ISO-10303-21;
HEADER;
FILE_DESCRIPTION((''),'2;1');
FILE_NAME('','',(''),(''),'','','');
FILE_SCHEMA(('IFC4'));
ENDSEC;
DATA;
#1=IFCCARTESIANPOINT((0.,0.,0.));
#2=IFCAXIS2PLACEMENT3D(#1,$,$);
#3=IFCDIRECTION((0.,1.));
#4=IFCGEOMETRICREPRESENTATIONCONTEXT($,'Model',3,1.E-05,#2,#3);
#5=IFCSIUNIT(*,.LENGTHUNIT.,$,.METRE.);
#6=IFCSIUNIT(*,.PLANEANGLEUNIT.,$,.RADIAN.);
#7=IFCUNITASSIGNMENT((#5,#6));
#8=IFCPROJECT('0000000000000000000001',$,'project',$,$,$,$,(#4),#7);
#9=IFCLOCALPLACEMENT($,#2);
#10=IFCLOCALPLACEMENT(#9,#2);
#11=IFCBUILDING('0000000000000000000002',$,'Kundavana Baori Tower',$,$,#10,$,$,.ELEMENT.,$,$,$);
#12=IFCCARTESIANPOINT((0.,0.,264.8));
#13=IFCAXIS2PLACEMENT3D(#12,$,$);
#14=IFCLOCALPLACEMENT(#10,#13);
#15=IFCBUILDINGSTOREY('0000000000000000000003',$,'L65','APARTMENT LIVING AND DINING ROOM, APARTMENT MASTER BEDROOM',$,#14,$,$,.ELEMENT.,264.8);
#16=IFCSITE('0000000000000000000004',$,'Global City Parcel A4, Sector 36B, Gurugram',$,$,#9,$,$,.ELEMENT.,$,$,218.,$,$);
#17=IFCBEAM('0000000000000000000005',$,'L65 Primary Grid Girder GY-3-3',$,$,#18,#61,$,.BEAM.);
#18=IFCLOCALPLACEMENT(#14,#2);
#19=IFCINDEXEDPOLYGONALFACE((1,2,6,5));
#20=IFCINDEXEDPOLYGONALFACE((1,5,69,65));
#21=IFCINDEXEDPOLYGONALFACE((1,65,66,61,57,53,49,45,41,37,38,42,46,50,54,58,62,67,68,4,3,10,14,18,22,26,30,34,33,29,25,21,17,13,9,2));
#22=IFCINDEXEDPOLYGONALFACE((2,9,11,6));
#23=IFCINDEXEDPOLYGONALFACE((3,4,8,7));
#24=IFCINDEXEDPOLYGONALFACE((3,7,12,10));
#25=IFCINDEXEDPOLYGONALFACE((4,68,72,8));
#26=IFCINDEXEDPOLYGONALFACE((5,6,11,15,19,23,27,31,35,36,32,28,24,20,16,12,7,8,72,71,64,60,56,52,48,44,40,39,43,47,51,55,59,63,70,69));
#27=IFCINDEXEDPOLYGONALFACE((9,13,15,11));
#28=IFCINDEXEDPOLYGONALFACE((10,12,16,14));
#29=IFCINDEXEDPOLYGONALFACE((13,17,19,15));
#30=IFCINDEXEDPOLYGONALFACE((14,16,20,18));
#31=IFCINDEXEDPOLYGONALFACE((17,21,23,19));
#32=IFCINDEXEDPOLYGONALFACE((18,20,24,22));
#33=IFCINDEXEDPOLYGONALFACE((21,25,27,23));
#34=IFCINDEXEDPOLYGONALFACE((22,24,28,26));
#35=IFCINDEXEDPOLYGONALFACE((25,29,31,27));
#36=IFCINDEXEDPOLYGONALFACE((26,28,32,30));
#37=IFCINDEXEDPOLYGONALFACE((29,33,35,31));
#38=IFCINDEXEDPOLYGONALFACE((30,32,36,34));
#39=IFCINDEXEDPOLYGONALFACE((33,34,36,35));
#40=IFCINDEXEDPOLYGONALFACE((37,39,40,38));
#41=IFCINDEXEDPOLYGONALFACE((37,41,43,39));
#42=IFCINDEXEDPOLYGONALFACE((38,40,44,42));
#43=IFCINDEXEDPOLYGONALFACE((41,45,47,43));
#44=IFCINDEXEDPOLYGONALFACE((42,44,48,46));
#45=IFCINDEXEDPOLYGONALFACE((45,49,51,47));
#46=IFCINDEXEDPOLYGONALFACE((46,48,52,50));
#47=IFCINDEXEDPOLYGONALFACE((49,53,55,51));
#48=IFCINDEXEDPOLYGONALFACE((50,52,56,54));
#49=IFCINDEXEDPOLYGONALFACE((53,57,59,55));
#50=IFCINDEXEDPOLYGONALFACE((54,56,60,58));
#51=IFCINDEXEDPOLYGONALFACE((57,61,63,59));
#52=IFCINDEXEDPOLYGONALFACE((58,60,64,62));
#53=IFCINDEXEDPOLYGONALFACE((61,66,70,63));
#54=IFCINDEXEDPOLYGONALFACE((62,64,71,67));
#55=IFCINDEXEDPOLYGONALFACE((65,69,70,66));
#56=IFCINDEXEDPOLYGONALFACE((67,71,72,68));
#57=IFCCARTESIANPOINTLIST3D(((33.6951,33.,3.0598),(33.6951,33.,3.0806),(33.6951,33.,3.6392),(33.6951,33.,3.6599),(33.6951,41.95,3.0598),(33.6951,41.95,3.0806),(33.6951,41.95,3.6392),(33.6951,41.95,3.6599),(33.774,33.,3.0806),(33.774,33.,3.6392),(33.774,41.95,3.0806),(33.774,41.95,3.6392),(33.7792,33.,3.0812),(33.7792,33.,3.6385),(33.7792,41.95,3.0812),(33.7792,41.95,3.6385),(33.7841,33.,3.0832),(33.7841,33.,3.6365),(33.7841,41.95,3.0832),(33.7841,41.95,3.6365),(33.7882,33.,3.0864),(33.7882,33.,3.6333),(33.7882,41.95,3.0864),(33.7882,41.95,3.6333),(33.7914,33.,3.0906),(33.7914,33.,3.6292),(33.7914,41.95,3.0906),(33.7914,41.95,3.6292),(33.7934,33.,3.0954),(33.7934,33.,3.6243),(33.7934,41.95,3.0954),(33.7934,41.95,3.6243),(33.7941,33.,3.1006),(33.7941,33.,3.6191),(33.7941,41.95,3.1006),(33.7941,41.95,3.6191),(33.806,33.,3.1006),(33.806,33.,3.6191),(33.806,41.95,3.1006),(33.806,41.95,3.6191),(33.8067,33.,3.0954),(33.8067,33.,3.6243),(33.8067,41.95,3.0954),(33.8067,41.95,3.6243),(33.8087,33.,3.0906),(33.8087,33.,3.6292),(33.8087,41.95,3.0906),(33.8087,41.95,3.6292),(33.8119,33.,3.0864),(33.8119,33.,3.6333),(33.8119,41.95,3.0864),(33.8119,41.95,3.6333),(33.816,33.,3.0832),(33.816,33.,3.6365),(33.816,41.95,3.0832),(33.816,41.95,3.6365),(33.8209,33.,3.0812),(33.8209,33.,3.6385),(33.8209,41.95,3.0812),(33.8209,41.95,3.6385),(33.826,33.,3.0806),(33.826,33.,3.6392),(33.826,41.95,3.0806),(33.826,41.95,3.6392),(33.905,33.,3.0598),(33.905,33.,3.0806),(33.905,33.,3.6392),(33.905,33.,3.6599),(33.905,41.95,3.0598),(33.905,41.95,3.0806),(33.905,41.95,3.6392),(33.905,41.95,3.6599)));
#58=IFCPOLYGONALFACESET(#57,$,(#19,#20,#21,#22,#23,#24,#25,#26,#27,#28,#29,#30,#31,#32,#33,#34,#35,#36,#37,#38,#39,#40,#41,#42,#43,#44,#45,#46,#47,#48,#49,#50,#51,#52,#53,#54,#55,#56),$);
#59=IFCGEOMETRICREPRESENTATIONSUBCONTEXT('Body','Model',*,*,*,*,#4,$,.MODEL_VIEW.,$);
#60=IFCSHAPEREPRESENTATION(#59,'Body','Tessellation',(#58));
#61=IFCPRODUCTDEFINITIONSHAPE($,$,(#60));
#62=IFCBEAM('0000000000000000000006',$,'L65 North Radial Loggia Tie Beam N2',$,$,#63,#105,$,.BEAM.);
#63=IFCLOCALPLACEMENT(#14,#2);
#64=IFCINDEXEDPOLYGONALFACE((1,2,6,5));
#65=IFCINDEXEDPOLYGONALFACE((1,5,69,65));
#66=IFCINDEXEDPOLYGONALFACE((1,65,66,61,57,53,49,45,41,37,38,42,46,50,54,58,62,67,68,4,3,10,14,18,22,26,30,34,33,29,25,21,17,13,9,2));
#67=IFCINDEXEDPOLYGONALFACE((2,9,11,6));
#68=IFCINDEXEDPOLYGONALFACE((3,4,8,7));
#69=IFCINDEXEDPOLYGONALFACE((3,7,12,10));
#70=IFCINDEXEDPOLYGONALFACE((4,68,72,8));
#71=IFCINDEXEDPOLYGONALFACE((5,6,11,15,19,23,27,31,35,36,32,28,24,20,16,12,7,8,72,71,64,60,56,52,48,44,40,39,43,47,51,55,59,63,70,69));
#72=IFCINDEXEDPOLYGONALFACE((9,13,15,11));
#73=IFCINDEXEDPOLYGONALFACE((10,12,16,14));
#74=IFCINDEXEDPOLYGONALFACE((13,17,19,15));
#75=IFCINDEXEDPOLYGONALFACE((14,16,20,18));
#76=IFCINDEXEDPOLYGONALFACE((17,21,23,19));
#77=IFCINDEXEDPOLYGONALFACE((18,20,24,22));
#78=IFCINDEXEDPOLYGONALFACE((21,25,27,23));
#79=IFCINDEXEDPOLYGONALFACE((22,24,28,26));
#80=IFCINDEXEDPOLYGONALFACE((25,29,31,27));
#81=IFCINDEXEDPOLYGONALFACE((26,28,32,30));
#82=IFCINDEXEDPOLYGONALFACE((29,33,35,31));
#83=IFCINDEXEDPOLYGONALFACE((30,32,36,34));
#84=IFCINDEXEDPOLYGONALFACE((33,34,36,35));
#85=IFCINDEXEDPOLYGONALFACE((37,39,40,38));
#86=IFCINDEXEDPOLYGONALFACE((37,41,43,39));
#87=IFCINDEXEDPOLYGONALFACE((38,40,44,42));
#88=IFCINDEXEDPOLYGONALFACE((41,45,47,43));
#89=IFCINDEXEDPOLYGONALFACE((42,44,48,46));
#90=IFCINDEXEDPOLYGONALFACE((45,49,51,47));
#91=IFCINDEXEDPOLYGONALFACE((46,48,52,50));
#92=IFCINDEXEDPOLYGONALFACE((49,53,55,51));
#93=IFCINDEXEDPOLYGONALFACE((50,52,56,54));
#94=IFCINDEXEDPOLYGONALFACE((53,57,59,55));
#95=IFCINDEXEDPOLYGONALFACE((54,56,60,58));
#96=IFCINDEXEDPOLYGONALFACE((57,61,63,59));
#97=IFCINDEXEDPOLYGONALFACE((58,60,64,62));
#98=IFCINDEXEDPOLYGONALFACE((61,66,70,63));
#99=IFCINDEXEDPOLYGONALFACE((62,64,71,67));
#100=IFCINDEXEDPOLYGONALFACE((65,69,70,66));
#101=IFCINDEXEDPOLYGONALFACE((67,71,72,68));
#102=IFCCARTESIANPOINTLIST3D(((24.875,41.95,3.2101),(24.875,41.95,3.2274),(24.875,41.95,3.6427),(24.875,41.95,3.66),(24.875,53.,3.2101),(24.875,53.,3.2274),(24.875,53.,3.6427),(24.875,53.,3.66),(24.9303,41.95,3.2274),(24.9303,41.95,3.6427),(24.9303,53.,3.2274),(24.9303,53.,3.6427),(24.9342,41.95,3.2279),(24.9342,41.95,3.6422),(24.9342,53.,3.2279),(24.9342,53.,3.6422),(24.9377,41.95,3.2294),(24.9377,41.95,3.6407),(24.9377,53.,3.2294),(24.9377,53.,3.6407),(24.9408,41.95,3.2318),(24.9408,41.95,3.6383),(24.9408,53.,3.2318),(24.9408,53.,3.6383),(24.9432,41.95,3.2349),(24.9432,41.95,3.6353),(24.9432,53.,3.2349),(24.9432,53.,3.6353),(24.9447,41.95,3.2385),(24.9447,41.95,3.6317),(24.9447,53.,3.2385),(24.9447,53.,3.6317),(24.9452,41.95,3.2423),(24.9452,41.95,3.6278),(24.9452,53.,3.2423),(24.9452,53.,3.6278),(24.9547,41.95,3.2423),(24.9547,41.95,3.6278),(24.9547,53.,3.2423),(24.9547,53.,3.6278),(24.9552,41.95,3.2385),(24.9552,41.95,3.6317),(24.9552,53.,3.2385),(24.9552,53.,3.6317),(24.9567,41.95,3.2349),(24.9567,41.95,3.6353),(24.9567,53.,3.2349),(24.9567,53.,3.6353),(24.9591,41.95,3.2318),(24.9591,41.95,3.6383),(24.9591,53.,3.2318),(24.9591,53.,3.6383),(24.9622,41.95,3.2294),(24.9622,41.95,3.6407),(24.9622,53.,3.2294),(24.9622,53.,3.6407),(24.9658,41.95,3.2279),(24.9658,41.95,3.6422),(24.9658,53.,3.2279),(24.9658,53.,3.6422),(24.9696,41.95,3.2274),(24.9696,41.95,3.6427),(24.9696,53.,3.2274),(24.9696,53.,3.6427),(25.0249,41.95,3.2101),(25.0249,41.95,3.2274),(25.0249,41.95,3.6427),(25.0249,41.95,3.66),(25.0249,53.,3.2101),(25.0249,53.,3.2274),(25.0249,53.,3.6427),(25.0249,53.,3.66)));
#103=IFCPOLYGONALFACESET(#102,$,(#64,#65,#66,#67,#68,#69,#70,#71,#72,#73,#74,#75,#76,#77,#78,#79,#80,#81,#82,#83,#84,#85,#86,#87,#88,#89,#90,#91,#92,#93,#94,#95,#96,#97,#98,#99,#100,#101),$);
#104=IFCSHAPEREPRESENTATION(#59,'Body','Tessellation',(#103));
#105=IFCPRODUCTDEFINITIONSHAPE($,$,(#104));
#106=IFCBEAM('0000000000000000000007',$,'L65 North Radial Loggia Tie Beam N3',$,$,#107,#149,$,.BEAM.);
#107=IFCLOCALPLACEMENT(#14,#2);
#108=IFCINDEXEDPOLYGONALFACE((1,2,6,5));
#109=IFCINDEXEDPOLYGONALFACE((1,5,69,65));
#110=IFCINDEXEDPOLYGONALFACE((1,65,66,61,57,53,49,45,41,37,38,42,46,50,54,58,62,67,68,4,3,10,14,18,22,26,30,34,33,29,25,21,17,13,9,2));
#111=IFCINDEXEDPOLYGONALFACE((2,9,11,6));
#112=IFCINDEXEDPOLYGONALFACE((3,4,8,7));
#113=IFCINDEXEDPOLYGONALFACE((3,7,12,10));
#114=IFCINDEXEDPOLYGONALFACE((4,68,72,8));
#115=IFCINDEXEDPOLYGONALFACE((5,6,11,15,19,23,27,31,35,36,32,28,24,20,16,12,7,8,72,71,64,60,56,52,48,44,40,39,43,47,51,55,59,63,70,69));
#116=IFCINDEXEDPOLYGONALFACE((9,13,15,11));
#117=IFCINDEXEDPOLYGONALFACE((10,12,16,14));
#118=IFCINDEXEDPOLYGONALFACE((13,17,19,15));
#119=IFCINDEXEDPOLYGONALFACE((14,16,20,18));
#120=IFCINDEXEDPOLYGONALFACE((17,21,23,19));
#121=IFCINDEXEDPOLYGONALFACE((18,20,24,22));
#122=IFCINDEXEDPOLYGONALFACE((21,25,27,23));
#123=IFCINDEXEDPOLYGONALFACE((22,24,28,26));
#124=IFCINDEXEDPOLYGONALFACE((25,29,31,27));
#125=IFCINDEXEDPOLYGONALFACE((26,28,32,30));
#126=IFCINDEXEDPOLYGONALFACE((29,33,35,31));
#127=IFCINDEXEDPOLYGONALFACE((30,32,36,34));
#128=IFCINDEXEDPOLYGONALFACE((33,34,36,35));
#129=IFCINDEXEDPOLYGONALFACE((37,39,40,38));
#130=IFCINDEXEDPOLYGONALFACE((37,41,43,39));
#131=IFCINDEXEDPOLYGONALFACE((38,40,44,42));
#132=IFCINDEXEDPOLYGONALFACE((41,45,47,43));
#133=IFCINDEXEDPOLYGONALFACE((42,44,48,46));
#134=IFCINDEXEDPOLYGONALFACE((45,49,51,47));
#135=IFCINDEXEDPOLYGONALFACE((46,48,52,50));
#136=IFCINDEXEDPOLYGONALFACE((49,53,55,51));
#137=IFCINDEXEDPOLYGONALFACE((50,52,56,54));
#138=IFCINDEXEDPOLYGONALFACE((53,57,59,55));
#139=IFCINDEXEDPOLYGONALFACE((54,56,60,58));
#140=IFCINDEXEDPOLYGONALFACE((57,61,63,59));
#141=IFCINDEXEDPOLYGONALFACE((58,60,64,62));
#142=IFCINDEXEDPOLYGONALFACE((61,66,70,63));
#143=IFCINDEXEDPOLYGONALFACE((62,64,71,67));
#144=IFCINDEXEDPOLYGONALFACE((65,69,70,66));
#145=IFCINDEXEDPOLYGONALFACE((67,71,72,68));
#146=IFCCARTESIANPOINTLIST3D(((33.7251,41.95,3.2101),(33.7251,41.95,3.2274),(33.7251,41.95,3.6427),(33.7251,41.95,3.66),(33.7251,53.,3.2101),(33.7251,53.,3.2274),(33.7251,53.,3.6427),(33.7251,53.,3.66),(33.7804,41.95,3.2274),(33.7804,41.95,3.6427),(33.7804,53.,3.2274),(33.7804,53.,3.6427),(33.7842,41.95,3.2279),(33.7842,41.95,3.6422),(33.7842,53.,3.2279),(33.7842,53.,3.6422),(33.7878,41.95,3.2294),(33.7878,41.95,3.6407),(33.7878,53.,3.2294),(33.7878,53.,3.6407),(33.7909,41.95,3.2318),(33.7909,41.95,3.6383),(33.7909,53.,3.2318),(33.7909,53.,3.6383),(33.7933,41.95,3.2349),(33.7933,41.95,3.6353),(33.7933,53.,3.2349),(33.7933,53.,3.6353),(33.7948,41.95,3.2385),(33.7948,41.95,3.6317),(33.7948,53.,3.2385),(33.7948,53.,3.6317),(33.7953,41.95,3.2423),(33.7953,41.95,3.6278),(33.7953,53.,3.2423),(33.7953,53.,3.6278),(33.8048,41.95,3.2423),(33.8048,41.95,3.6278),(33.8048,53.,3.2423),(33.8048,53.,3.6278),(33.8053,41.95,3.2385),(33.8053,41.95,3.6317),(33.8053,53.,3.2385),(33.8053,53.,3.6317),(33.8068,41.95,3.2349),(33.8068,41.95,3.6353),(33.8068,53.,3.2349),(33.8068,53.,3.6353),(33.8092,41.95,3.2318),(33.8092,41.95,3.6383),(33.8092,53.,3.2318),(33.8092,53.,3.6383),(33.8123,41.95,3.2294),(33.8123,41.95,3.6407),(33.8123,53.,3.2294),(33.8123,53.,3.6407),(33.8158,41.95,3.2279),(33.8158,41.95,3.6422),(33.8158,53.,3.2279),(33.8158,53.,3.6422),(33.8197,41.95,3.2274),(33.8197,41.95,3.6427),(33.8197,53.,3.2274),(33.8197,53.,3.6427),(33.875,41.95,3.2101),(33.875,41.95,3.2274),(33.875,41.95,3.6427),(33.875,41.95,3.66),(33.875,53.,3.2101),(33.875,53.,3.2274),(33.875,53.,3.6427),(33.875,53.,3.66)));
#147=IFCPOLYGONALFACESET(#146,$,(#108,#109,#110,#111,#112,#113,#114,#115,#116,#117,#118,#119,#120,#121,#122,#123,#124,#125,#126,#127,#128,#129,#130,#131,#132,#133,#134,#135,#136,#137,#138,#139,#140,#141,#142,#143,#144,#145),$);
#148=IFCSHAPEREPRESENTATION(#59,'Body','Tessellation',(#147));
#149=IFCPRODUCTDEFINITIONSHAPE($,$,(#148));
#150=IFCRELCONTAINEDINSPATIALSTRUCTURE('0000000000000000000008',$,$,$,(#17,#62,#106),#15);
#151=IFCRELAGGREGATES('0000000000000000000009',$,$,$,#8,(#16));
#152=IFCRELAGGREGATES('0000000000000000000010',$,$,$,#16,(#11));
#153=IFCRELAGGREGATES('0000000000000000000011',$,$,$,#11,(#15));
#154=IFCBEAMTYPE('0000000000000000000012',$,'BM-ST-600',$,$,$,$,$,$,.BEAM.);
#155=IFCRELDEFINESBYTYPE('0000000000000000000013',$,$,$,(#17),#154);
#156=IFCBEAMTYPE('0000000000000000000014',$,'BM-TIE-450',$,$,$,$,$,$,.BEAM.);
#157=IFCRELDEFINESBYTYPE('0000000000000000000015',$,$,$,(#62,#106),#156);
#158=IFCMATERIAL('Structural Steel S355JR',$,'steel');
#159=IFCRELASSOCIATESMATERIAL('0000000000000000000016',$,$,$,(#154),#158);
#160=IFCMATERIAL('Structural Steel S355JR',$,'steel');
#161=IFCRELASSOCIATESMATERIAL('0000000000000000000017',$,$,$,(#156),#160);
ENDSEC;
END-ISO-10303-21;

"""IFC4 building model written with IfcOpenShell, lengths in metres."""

from ifc_helpers import new_model, si_unit, direction, frame, origin, origin_2d, place, context, subcontext, project, spatial, i_section, extrude, material, material_profile, profile_set, type_object, element, save


model = new_model("IFC4")

# Units and contexts
model_context = context("Model", 3, precision=1e-05, world=origin(), true_north=direction((0.0, 1.0)))
body_context = subcontext(model_context, "Body", "Model", "MODEL_VIEW")
ifc_project = project(units=[si_unit("LENGTHUNIT", "METRE"), si_unit("PLANEANGLEUNIT", "RADIAN")], contexts=[model_context])

# Site, building, storey
site_placement = place(None, origin())
site = spatial("IfcSite", under=ifc_project, at=site_placement, Name="Global City Parcel A4, Sector 36B, Gurugram", CompositionType="ELEMENT", RefElevation=218.0)
building_placement = place(site_placement, origin())
building = spatial("IfcBuilding", under=site, at=building_placement, Name="Kundavana Baori Tower", CompositionType="ELEMENT")
storey_placement = place(building_placement, frame((0.0, 0.0, 264.8)))
storey = spatial("IfcBuildingStorey", under=building, at=storey_placement, Name="L65", Description="APARTMENT LIVING AND DINING ROOM, APARTMENT MASTER BEDROOM", CompositionType="ELEMENT", Elevation=264.8)

# Beams
ifc_material_1 = material(Name="Structural Steel S355JR", Category="steel")
ifc_material_profile_1 = material_profile(ifc_material_1, i_section(OverallWidth=0.21, OverallDepth=0.6001, WebThickness=0.012, FlangeThickness=0.0208, FilletRadius=0.02, at=origin_2d()), Name="ISMB 600")
ifc_profile_set_1 = profile_set([ifc_material_profile_1], Name="Structural Steel S355JR")
beam_type_1 = type_object("IfcBeamType", Name="BM-ST-600", PredefinedType="BEAM", material=ifc_profile_set_1)
beam_1_placement = place(storey_placement, frame((33.8, 33.0, 3.3599), z_axis=(0.0, 1.0, 0.0), x_axis=(-1.0, 0.0, 0.0)))
element("IfcBeam", 1, at=beam_1_placement, inside=storey, type_object=beam_type_1, Name="L65 Primary Grid Girder GY-3-3", PredefinedType="BEAM", context=body_context, shape_type="SweptSolid", body=[
    extrude(i_section(OverallWidth=0.21, OverallDepth=0.6001, WebThickness=0.012, FlangeThickness=0.0208, FilletRadius=0.02, at=origin_2d()), origin(), (0.0, 0.0, 1.0), 8.95),
])
ifc_material_2 = material(Name="Structural Steel S355JR", Category="steel")
ifc_material_profile_2 = material_profile(ifc_material_2, i_section(OverallWidth=0.1499, OverallDepth=0.45, WebThickness=0.0095, FlangeThickness=0.0173, FilletRadius=0.0149, at=origin_2d()), Name="ISMB 450")
ifc_profile_set_2 = profile_set([ifc_material_profile_2], Name="Structural Steel S355JR")
beam_type_2 = type_object("IfcBeamType", Name="BM-TIE-450", PredefinedType="BEAM", material=ifc_profile_set_2)
for number, where, z_axis, x_axis, name in (
    (2, (24.95, 41.95, 3.4351), (0.0, 1.0, 0.0), (-1.0, 0.0, 0.0), "L65 North Radial Loggia Tie Beam N2"),
    (3, (33.8, 41.95, 3.4351), (0.0, 1.0, 0.0), (-1.0, 0.0, 0.0), "L65 North Radial Loggia Tie Beam N3"),
):
    element("IfcBeam", number, at=place(storey_placement, frame(where, z_axis=z_axis, x_axis=x_axis)), inside=storey, type_object=beam_type_2, Name=name, PredefinedType="BEAM", context=body_context, shape_type="SweptSolid", body=[
        extrude(i_section(OverallWidth=0.1499, OverallDepth=0.45, WebThickness=0.0095, FlangeThickness=0.0173, FilletRadius=0.0149, at=origin_2d()), origin(), (0.0, 0.0, 1.0), 11.05),
    ])

save(model, "model.ifc")
